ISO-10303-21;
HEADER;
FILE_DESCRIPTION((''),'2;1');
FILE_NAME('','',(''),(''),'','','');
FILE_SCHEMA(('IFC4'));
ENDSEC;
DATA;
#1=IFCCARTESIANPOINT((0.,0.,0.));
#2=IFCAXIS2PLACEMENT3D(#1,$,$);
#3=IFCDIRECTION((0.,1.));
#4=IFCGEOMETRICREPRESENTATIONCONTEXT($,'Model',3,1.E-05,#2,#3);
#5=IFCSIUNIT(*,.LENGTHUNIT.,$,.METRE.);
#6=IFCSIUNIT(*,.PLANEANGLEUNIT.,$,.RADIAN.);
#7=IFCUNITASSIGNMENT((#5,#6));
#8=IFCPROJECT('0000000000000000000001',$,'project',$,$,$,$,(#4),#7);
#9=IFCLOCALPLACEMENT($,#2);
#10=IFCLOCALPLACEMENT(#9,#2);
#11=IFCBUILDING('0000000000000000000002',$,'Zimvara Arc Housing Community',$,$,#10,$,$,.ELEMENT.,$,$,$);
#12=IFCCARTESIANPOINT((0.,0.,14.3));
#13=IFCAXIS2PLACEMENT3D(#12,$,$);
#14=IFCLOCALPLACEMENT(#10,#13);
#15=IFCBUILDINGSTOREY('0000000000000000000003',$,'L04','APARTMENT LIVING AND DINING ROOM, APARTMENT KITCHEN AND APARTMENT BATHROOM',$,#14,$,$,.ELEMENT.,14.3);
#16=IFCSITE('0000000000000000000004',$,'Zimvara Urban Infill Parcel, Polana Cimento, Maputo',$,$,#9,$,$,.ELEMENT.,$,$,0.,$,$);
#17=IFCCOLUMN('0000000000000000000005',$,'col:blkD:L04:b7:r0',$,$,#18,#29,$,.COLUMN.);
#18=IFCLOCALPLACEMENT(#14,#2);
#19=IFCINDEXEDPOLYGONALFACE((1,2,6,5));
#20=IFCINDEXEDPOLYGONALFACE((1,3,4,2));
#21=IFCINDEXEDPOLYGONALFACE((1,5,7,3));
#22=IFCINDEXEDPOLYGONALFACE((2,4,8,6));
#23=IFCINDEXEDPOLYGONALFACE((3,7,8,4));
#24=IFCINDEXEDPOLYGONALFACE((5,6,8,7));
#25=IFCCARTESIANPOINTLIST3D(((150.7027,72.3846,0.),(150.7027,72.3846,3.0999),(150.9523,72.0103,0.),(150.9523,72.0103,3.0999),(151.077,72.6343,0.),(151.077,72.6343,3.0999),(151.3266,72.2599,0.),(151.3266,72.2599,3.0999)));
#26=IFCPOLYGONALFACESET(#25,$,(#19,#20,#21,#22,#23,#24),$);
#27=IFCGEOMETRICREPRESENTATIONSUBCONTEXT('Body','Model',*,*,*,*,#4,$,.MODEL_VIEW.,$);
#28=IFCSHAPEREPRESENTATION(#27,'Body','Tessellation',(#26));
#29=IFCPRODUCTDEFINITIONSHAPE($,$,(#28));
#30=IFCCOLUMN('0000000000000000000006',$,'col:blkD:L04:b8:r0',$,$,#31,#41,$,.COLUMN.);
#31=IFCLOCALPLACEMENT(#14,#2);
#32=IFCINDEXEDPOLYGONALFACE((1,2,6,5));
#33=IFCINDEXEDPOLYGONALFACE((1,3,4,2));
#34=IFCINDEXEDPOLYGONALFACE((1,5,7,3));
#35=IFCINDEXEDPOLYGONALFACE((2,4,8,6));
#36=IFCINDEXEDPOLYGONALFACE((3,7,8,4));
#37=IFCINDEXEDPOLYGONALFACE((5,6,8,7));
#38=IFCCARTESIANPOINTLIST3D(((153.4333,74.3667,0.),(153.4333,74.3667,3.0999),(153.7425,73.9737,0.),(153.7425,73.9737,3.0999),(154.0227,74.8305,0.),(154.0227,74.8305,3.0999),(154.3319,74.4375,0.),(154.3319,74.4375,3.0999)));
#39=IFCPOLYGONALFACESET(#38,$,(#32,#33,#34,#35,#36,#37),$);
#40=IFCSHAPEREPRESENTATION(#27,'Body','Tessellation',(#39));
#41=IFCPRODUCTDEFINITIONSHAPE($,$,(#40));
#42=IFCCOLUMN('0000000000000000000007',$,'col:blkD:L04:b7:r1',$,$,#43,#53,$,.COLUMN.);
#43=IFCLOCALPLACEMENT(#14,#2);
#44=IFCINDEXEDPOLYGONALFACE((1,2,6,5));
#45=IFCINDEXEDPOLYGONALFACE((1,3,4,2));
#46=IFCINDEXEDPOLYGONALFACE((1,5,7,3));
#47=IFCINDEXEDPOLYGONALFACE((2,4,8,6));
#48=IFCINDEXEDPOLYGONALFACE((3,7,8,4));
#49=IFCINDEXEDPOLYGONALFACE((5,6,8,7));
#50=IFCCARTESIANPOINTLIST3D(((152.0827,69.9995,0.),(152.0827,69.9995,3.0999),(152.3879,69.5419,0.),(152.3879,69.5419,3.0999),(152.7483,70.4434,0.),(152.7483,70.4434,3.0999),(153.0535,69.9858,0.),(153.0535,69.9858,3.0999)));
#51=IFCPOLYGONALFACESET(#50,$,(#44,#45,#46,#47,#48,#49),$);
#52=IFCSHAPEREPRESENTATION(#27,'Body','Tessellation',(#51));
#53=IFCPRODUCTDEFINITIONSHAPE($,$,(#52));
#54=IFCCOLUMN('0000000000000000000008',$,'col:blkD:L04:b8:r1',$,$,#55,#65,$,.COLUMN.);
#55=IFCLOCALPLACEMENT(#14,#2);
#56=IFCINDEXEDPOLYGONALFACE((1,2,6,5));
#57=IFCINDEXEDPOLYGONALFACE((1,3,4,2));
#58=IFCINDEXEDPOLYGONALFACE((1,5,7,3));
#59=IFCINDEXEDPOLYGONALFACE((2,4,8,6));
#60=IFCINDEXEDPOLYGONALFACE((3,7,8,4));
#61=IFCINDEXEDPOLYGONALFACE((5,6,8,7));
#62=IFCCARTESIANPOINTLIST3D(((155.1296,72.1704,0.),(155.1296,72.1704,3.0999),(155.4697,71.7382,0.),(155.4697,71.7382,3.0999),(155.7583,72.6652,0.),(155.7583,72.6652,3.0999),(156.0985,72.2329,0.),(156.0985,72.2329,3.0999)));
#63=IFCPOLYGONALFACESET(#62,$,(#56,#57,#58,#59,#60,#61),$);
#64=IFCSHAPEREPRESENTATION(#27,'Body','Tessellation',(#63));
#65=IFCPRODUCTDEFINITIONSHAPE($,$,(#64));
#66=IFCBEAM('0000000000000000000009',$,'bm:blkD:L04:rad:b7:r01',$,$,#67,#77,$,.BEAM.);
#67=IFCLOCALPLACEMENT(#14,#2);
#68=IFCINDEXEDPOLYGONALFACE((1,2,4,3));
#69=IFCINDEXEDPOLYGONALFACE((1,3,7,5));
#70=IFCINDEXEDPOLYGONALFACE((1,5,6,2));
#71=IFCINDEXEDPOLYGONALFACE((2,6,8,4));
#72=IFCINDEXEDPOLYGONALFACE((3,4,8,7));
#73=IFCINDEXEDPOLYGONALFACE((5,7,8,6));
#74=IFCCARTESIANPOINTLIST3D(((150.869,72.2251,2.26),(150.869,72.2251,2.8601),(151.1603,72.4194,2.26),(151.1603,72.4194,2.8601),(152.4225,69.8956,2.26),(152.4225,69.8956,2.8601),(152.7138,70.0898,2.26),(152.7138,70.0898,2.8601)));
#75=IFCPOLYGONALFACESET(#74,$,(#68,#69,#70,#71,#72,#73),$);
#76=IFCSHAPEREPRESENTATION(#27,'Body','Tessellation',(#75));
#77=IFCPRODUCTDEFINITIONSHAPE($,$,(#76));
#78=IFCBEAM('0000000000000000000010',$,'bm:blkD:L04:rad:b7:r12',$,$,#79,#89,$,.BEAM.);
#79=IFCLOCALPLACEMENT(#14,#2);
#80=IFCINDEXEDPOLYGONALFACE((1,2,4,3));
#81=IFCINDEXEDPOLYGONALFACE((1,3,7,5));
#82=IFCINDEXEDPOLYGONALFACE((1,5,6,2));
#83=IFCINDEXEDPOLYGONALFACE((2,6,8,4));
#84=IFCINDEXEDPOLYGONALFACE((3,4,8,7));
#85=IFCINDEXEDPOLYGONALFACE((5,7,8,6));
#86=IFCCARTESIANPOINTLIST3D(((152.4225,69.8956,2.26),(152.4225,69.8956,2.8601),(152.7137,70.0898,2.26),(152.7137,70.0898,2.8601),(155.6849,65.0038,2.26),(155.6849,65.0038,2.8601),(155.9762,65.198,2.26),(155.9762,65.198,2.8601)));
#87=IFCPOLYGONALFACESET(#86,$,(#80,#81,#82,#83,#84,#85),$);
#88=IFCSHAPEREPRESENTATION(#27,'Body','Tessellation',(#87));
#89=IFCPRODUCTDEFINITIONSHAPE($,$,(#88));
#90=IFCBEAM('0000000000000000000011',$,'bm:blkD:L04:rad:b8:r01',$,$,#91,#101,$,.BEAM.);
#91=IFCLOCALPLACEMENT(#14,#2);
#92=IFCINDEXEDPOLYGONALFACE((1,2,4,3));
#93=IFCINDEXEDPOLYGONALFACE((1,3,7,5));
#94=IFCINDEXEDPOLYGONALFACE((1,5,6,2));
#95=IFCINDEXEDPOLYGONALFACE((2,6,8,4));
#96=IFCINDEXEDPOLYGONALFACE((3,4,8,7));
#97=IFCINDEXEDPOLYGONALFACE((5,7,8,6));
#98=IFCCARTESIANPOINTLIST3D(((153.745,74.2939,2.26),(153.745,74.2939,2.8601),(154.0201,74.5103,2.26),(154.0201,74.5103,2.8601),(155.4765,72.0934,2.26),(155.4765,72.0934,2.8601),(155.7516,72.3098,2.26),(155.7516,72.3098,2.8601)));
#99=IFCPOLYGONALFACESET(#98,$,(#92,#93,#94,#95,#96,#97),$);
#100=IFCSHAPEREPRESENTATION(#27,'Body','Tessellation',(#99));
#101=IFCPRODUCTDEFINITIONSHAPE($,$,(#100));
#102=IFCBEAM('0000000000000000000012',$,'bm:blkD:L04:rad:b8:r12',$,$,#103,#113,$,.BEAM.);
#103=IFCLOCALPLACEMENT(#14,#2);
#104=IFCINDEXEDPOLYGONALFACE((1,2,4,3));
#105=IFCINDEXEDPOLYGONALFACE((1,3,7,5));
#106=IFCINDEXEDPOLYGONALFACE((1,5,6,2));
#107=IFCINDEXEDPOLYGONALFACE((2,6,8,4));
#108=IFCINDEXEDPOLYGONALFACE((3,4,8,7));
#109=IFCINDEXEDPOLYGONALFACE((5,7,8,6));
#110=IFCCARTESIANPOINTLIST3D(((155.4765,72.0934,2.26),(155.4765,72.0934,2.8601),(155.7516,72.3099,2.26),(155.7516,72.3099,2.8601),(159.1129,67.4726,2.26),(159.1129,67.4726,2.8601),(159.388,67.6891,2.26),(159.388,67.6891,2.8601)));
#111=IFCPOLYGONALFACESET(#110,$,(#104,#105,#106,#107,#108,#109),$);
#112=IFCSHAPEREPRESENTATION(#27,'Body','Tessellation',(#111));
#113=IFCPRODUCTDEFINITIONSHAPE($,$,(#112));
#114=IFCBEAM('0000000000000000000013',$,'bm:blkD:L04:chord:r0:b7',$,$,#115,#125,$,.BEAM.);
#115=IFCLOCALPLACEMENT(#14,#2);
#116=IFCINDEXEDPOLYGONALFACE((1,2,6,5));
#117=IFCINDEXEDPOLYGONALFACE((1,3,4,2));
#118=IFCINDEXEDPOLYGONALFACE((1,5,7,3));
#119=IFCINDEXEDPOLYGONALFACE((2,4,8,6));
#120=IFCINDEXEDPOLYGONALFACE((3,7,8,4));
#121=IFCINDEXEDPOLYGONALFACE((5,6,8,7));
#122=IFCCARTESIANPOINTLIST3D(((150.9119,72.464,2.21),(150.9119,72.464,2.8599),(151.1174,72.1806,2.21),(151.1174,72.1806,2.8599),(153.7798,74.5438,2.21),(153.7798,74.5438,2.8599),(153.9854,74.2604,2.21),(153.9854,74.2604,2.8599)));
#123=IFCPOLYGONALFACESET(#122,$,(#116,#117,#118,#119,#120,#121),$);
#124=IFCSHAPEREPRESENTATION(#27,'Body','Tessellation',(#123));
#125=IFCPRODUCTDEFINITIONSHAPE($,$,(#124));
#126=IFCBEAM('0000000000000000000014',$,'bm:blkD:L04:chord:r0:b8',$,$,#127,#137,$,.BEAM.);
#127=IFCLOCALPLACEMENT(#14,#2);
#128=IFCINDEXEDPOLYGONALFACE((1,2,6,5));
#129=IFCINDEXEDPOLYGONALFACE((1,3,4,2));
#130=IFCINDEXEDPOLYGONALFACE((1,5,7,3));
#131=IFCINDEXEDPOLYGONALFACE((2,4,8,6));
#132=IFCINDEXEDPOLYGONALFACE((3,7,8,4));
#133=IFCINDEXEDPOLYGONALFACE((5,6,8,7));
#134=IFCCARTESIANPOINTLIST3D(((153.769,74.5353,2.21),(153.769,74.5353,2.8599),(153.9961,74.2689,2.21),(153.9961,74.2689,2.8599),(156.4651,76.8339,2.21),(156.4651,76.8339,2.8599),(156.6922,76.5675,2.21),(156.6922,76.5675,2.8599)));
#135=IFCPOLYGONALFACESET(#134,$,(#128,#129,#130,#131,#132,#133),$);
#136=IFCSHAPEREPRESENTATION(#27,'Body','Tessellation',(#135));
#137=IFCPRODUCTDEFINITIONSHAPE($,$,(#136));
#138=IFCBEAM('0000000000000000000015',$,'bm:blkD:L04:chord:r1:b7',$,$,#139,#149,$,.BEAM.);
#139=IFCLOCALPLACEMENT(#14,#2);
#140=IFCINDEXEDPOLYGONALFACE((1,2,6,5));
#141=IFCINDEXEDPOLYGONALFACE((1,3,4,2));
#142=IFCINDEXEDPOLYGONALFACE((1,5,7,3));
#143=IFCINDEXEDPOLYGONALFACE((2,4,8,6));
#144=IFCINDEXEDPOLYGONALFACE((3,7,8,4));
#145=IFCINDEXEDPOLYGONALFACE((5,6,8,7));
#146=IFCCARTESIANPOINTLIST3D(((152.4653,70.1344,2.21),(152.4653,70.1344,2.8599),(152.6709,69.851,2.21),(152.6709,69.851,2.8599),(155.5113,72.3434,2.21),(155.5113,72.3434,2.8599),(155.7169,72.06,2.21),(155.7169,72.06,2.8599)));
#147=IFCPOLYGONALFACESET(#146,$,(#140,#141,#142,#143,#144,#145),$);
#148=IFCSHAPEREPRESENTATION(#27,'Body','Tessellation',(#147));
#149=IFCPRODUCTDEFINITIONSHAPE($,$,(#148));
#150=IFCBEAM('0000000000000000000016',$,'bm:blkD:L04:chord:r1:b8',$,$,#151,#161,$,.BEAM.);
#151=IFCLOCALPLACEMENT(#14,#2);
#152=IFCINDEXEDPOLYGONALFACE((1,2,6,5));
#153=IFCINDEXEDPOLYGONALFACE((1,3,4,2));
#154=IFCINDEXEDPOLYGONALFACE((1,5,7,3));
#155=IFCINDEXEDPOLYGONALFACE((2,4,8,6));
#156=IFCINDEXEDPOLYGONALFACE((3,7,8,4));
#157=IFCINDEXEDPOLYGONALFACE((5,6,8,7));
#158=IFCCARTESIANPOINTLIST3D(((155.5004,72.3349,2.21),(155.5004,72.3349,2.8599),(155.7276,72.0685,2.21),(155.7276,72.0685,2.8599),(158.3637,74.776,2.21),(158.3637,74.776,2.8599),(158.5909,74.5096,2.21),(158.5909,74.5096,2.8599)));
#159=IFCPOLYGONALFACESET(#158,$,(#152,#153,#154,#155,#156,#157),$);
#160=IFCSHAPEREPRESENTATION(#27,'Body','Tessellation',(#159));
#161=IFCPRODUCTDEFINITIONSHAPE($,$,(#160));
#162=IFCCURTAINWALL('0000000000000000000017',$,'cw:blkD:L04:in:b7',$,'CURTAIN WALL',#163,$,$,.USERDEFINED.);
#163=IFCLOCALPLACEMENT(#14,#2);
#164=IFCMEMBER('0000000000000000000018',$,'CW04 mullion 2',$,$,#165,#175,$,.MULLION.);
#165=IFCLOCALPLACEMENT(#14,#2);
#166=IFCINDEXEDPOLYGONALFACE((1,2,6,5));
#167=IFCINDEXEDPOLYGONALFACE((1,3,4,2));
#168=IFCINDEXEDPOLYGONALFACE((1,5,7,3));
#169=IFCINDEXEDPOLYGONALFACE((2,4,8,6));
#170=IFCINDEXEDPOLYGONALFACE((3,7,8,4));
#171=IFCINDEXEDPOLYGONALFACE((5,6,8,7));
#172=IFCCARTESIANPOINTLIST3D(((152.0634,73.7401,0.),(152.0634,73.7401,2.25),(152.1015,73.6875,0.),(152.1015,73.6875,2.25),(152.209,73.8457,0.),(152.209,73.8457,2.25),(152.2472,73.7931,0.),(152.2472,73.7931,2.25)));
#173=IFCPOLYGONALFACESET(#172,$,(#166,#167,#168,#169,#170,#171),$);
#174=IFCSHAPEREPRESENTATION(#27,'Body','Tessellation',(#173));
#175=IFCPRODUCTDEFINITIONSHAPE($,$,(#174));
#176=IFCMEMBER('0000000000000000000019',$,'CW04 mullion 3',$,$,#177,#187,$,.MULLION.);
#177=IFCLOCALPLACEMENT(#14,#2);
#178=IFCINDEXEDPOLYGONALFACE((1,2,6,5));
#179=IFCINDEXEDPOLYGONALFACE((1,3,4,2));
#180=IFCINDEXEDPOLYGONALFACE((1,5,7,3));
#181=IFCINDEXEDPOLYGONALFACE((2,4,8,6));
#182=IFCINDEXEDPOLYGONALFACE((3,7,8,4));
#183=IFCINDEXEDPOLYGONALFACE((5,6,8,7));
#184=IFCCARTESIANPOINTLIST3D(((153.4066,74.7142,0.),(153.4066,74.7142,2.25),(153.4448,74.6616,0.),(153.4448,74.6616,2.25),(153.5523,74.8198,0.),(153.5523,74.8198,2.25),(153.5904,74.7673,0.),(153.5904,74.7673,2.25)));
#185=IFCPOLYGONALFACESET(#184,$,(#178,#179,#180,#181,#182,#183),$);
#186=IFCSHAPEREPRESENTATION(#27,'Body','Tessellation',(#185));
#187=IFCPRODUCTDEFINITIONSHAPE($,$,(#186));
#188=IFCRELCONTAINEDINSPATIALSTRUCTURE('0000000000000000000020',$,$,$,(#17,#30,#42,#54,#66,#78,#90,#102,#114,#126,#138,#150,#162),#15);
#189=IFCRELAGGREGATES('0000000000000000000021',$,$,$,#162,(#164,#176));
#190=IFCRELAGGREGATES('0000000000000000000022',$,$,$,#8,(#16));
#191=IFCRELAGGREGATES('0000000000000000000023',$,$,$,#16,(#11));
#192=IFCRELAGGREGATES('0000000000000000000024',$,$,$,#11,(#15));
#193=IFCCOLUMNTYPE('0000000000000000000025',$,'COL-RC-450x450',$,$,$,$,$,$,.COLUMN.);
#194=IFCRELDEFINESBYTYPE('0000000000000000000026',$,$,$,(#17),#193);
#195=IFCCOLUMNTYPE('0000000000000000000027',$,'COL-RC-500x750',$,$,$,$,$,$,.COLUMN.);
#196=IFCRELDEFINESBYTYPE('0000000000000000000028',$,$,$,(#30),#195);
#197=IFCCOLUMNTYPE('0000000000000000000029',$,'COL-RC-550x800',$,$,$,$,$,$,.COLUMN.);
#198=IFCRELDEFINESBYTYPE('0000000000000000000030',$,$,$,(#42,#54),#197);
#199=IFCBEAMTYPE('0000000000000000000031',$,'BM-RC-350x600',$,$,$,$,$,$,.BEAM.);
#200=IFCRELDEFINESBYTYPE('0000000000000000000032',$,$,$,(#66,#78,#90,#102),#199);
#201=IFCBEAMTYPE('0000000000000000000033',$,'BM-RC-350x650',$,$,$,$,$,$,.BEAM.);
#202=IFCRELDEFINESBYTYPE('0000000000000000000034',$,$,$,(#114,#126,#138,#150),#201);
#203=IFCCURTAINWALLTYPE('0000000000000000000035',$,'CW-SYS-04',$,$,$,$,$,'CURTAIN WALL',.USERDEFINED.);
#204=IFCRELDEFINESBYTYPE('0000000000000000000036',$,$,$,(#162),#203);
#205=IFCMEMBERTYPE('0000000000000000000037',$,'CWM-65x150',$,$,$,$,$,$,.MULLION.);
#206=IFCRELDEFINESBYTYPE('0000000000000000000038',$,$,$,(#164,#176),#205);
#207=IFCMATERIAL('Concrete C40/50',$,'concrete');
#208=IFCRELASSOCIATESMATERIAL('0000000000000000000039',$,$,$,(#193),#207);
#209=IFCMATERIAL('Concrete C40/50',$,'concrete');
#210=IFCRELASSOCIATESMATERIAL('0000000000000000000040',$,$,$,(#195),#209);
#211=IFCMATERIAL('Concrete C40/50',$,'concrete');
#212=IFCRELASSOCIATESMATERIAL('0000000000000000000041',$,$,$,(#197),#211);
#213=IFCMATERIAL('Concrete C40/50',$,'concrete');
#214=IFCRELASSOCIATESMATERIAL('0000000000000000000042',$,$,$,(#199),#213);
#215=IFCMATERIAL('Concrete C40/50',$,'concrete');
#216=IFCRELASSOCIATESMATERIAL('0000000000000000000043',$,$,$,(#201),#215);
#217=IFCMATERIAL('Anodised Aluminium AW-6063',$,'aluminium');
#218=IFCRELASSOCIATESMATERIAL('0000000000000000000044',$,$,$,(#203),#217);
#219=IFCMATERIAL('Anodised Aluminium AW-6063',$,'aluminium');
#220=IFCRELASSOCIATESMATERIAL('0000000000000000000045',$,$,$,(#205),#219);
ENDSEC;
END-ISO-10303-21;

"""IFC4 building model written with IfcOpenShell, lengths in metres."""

from ifc_helpers import new_model, si_unit, direction, frame, origin, origin_2d, place, context, subcontext, project, spatial, rectangle, extrude, material, material_profile, profile_set, type_object, element, aggregate, save


model = new_model("IFC4")

# Units and contexts
model_context = context("Model", 3, precision=1e-05, world=origin(), true_north=direction((0.0, 1.0)))
body_context = subcontext(model_context, "Body", "Model", "MODEL_VIEW")
ifc_project = project(units=[si_unit("LENGTHUNIT", "METRE"), si_unit("PLANEANGLEUNIT", "RADIAN")], contexts=[model_context])

# Site, building, storey
site_placement = place(None, origin())
site = spatial("IfcSite", under=ifc_project, at=site_placement, Name="Zimvara Urban Infill Parcel, Polana Cimento, Maputo", CompositionType="ELEMENT", RefElevation=0.0)
building_placement = place(site_placement, origin())
building = spatial("IfcBuilding", under=site, at=building_placement, Name="Zimvara Arc Housing Community", CompositionType="ELEMENT")
storey_placement = place(building_placement, frame((0.0, 0.0, 14.3)))
storey = spatial("IfcBuildingStorey", under=building, at=storey_placement, Name="L04", Description="APARTMENT LIVING AND DINING ROOM, APARTMENT KITCHEN AND APARTMENT BATHROOM", CompositionType="ELEMENT", Elevation=14.3)

# Columns
ifc_material_1 = material(Name="Concrete C40/50", Category="concrete")
ifc_material_profile_1 = material_profile(ifc_material_1, rectangle(XDim=0.45, YDim=0.45, at=origin_2d()), Name="RC 450x450")
ifc_profile_set_1 = profile_set([ifc_material_profile_1], Name="Concrete C40/50")
column_type_1 = type_object("IfcColumnType", Name="COL-RC-450x450", PredefinedType="COLUMN", material=ifc_profile_set_1)
column_1_placement = place(storey_placement, frame((151.0146, 72.3223, 0.0), z_axis=(0.0, 0.0, 1.0), x_axis=(0.554844, -0.831954, 0.0)))
element("IfcColumn", 1, at=column_1_placement, inside=storey, type_object=column_type_1, Name="col:blkD:L04:b7:r0", PredefinedType="COLUMN", context=body_context, shape_type="SweptSolid", body=[
    extrude(rectangle(XDim=0.45, YDim=0.45, at=origin_2d()), origin(), (0.0, 0.0, 1.0), 3.0999),
])
ifc_material_2 = material(Name="Concrete C40/50", Category="concrete")
ifc_material_profile_2 = material_profile(ifc_material_2, rectangle(XDim=0.5, YDim=0.75, at=origin_2d()), Name="RC 500x750")
ifc_profile_set_2 = profile_set([ifc_material_profile_2], Name="Concrete C40/50")
column_type_2 = type_object("IfcColumnType", Name="COL-RC-500x750", PredefinedType="COLUMN", material=ifc_profile_set_2)
column_2_placement = place(storey_placement, frame((153.8826, 74.4021, 0.0), z_axis=(0.0, 0.0, 1.0), x_axis=(0.618408, -0.785857, 0.0)))
element("IfcColumn", 2, at=column_2_placement, inside=storey, type_object=column_type_2, Name="col:blkD:L04:b8:r0", PredefinedType="COLUMN", context=body_context, shape_type="SweptSolid", body=[
    extrude(rectangle(XDim=0.5, YDim=0.75, at=origin_2d()), origin(), (0.0, 0.0, 1.0), 3.0999),
])
ifc_material_3 = material(Name="Concrete C40/50", Category="concrete")
ifc_material_profile_3 = material_profile(ifc_material_3, rectangle(XDim=0.55, YDim=0.8, at=origin_2d()), Name="RC 550x800")
ifc_profile_set_3 = profile_set([ifc_material_profile_3], Name="Concrete C40/50")
column_type_3 = type_object("IfcColumnType", Name="COL-RC-550x800", PredefinedType="COLUMN", material=ifc_profile_set_3)
for number, where, z_axis, x_axis, name in (
    (3, (152.5681, 69.9927, 0.0), (0.0, 0.0, 1.0), (0.554844, -0.831954, 0.0), "col:blkD:L04:b7:r1"),
    (4, (155.614, 72.2017, 0.0), (0.0, 0.0, 1.0), (0.618408, -0.785857, 0.0), "col:blkD:L04:b8:r1"),
):
    element("IfcColumn", number, at=place(storey_placement, frame(where, z_axis=z_axis, x_axis=x_axis)), inside=storey, type_object=column_type_3, Name=name, PredefinedType="COLUMN", context=body_context, shape_type="SweptSolid", body=[
        extrude(rectangle(XDim=0.55, YDim=0.8, at=origin_2d()), origin(), (0.0, 0.0, 1.0), 3.0999),
    ])

# Beams
ifc_material_4 = material(Name="Concrete C40/50", Category="concrete")
ifc_material_profile_4 = material_profile(ifc_material_4, rectangle(XDim=0.3501, YDim=0.6001, at=origin_2d()), Name="RC 350x600")
ifc_profile_set_4 = profile_set([ifc_material_profile_4], Name="Concrete C40/50")
beam_type_1 = type_object("IfcBeamType", Name="BM-RC-350x600", PredefinedType="BEAM", material=ifc_profile_set_4)
beam_1_placement = place(storey_placement, frame((151.0146, 72.3223, 2.5601), z_axis=(0.554801, -0.831983, 0.0), x_axis=(0.831983, 0.554801, 0.0)))
element("IfcBeam", 5, at=beam_1_placement, inside=storey, type_object=beam_type_1, Name="bm:blkD:L04:rad:b7:r01", PredefinedType="BEAM", context=body_context, shape_type="SweptSolid", body=[
    extrude(rectangle(XDim=0.3501, YDim=0.6001, at=origin_2d()), origin(), (0.0, 0.0, 1.0), 2.8),
])
beam_2_placement = place(storey_placement, frame((152.5681, 69.9927, 2.5601), z_axis=(0.554844, -0.831954, 0.0), x_axis=(0.831954, 0.554844, 0.0)))
element("IfcBeam", 6, at=beam_2_placement, inside=storey, type_object=beam_type_1, Name="bm:blkD:L04:rad:b7:r12", PredefinedType="BEAM", context=body_context, shape_type="SweptSolid", body=[
    extrude(rectangle(XDim=0.3501, YDim=0.6001, at=origin_2d()), origin(), (0.0, 0.0, 1.0), 5.8799),
])
beam_3_placement = place(storey_placement, frame((153.8826, 74.4021, 2.5601), z_axis=(0.61838, -0.785879, 0.0), x_axis=(0.785879, 0.61838, 0.0)))
element("IfcBeam", 7, at=beam_3_placement, inside=storey, type_object=beam_type_1, Name="bm:blkD:L04:rad:b8:r01", PredefinedType="BEAM", context=body_context, shape_type="SweptSolid", body=[
    extrude(rectangle(XDim=0.3501, YDim=0.6001, at=origin_2d()), origin(), (0.0, 0.0, 1.0), 2.8),
])
beam_4_placement = place(storey_placement, frame((155.614, 72.2017, 2.5601), z_axis=(0.618432, -0.785838, 0.0), x_axis=(0.785838, 0.618432, 0.0)))
element("IfcBeam", 8, at=beam_4_placement, inside=storey, type_object=beam_type_1, Name="bm:blkD:L04:rad:b8:r12", PredefinedType="BEAM", context=body_context, shape_type="SweptSolid", body=[
    extrude(rectangle(XDim=0.3501, YDim=0.6001, at=origin_2d()), origin(), (0.0, 0.0, 1.0), 5.8801),
])
ifc_material_5 = material(Name="Concrete C40/50", Category="concrete")
ifc_material_profile_5 = material_profile(ifc_material_5, rectangle(XDim=0.3501, YDim=0.6499, at=origin_2d()), Name="RC 350x650")
ifc_profile_set_5 = profile_set([ifc_material_profile_5], Name="Concrete C40/50")
beam_type_2 = type_object("IfcBeamType", Name="BM-RC-350x650", PredefinedType="BEAM", material=ifc_profile_set_5)
beam_5_placement = place(storey_placement, frame((151.0146, 72.3223, 2.5349), z_axis=(0.809531, 0.587077, 0.0), x_axis=(-0.587077, 0.809531, 0.0)))
element("IfcBeam", 9, at=beam_5_placement, inside=storey, type_object=beam_type_2, Name="bm:blkD:L04:chord:r0:b7", PredefinedType="BEAM", context=body_context, shape_type="SweptSolid", body=[
    extrude(rectangle(XDim=0.3501, YDim=0.6499, at=origin_2d()), origin(), (0.0, 0.0, 1.0), 3.5427),
])
beam_6_placement = place(storey_placement, frame((153.8826, 74.4021, 2.5349), z_axis=(0.760971, 0.648786, 0.0), x_axis=(-0.648786, 0.760971, 0.0)))
element("IfcBeam", 10, at=beam_6_placement, inside=storey, type_object=beam_type_2, Name="bm:blkD:L04:chord:r0:b8", PredefinedType="BEAM", context=body_context, shape_type="SweptSolid", body=[
    extrude(rectangle(XDim=0.3501, YDim=0.6499, at=origin_2d()), origin(), (0.0, 0.0, 1.0), 3.543),
])
for number, where, z_axis, x_axis, name in (
    (11, (152.5681, 69.9927, 2.5349), (0.809521, 0.587091, 0.0), (-0.587091, 0.809521, 0.0), "bm:blkD:L04:chord:r1:b7"),
    (12, (155.614, 72.2017, 2.5349), (0.760972, 0.648785, 0.0), (-0.648785, 0.760972, 0.0), "bm:blkD:L04:chord:r1:b8"),
):
    element("IfcBeam", number, at=place(storey_placement, frame(where, z_axis=z_axis, x_axis=x_axis)), inside=storey, type_object=beam_type_2, Name=name, PredefinedType="BEAM", context=body_context, shape_type="SweptSolid", body=[
        extrude(rectangle(XDim=0.3501, YDim=0.6499, at=origin_2d()), origin(), (0.0, 0.0, 1.0), 3.7627),
    ])

# Curtain wall, members
ifc_material_6 = material(Name="Anodised Aluminium AW-6063", Category="aluminium")
curtain_wall_type = type_object("IfcCurtainWallType", Name="CW-SYS-04", ElementType="CURTAIN WALL", PredefinedType="USERDEFINED", material=ifc_material_6)
curtain_wall_placement = place(storey_placement, origin())
curtain_wall = element("IfcCurtainWall", 13, at=curtain_wall_placement, inside=storey, type_object=curtain_wall_type, Name="cw:blkD:L04:in:b7", ObjectType="CURTAIN WALL", PredefinedType="USERDEFINED")
ifc_material_7 = material(Name="Anodised Aluminium AW-6063", Category="aluminium")
ifc_material_profile_6 = material_profile(ifc_material_7, rectangle(XDim=0.0649, YDim=0.1799, at=origin_2d()), Name="ALU 65x180")
ifc_profile_set_6 = profile_set([ifc_material_profile_6], Name="Anodised Aluminium AW-6063")
member_type_1 = type_object("IfcMemberType", Name="CWM-65x150", PredefinedType="MULLION", material=ifc_profile_set_6)
member_1_placement = place(storey_placement, frame((152.1553, 73.7666, 0.0), z_axis=(0.0, 0.0, 1.0), x_axis=(-0.587079, 0.809529, 0.0)))
member_1 = element("IfcMember", 14, at=member_1_placement, type_object=member_type_1, Name="CW04 mullion 2", PredefinedType="MULLION", context=body_context, shape_type="SweptSolid", body=[
    extrude(rectangle(XDim=0.0649, YDim=0.1799, at=origin_2d()), origin(), (0.0, 0.0, 1.0), 2.25),
])
member_2_placement = place(storey_placement, frame((153.4985, 74.7407, 0.0), z_axis=(0.0, 0.0, 1.0), x_axis=(-0.587079, 0.809529, 0.0)))
member_2 = element("IfcMember", 15, at=member_2_placement, type_object=member_type_1, Name="CW04 mullion 3", PredefinedType="MULLION", context=body_context, shape_type="SweptSolid", body=[
    extrude(rectangle(XDim=0.0649, YDim=0.1799, at=origin_2d()), origin(), (0.0, 0.0, 1.0), 2.25),
])
aggregate(curtain_wall, [member_1, member_2])

save(model, "model.ifc")
